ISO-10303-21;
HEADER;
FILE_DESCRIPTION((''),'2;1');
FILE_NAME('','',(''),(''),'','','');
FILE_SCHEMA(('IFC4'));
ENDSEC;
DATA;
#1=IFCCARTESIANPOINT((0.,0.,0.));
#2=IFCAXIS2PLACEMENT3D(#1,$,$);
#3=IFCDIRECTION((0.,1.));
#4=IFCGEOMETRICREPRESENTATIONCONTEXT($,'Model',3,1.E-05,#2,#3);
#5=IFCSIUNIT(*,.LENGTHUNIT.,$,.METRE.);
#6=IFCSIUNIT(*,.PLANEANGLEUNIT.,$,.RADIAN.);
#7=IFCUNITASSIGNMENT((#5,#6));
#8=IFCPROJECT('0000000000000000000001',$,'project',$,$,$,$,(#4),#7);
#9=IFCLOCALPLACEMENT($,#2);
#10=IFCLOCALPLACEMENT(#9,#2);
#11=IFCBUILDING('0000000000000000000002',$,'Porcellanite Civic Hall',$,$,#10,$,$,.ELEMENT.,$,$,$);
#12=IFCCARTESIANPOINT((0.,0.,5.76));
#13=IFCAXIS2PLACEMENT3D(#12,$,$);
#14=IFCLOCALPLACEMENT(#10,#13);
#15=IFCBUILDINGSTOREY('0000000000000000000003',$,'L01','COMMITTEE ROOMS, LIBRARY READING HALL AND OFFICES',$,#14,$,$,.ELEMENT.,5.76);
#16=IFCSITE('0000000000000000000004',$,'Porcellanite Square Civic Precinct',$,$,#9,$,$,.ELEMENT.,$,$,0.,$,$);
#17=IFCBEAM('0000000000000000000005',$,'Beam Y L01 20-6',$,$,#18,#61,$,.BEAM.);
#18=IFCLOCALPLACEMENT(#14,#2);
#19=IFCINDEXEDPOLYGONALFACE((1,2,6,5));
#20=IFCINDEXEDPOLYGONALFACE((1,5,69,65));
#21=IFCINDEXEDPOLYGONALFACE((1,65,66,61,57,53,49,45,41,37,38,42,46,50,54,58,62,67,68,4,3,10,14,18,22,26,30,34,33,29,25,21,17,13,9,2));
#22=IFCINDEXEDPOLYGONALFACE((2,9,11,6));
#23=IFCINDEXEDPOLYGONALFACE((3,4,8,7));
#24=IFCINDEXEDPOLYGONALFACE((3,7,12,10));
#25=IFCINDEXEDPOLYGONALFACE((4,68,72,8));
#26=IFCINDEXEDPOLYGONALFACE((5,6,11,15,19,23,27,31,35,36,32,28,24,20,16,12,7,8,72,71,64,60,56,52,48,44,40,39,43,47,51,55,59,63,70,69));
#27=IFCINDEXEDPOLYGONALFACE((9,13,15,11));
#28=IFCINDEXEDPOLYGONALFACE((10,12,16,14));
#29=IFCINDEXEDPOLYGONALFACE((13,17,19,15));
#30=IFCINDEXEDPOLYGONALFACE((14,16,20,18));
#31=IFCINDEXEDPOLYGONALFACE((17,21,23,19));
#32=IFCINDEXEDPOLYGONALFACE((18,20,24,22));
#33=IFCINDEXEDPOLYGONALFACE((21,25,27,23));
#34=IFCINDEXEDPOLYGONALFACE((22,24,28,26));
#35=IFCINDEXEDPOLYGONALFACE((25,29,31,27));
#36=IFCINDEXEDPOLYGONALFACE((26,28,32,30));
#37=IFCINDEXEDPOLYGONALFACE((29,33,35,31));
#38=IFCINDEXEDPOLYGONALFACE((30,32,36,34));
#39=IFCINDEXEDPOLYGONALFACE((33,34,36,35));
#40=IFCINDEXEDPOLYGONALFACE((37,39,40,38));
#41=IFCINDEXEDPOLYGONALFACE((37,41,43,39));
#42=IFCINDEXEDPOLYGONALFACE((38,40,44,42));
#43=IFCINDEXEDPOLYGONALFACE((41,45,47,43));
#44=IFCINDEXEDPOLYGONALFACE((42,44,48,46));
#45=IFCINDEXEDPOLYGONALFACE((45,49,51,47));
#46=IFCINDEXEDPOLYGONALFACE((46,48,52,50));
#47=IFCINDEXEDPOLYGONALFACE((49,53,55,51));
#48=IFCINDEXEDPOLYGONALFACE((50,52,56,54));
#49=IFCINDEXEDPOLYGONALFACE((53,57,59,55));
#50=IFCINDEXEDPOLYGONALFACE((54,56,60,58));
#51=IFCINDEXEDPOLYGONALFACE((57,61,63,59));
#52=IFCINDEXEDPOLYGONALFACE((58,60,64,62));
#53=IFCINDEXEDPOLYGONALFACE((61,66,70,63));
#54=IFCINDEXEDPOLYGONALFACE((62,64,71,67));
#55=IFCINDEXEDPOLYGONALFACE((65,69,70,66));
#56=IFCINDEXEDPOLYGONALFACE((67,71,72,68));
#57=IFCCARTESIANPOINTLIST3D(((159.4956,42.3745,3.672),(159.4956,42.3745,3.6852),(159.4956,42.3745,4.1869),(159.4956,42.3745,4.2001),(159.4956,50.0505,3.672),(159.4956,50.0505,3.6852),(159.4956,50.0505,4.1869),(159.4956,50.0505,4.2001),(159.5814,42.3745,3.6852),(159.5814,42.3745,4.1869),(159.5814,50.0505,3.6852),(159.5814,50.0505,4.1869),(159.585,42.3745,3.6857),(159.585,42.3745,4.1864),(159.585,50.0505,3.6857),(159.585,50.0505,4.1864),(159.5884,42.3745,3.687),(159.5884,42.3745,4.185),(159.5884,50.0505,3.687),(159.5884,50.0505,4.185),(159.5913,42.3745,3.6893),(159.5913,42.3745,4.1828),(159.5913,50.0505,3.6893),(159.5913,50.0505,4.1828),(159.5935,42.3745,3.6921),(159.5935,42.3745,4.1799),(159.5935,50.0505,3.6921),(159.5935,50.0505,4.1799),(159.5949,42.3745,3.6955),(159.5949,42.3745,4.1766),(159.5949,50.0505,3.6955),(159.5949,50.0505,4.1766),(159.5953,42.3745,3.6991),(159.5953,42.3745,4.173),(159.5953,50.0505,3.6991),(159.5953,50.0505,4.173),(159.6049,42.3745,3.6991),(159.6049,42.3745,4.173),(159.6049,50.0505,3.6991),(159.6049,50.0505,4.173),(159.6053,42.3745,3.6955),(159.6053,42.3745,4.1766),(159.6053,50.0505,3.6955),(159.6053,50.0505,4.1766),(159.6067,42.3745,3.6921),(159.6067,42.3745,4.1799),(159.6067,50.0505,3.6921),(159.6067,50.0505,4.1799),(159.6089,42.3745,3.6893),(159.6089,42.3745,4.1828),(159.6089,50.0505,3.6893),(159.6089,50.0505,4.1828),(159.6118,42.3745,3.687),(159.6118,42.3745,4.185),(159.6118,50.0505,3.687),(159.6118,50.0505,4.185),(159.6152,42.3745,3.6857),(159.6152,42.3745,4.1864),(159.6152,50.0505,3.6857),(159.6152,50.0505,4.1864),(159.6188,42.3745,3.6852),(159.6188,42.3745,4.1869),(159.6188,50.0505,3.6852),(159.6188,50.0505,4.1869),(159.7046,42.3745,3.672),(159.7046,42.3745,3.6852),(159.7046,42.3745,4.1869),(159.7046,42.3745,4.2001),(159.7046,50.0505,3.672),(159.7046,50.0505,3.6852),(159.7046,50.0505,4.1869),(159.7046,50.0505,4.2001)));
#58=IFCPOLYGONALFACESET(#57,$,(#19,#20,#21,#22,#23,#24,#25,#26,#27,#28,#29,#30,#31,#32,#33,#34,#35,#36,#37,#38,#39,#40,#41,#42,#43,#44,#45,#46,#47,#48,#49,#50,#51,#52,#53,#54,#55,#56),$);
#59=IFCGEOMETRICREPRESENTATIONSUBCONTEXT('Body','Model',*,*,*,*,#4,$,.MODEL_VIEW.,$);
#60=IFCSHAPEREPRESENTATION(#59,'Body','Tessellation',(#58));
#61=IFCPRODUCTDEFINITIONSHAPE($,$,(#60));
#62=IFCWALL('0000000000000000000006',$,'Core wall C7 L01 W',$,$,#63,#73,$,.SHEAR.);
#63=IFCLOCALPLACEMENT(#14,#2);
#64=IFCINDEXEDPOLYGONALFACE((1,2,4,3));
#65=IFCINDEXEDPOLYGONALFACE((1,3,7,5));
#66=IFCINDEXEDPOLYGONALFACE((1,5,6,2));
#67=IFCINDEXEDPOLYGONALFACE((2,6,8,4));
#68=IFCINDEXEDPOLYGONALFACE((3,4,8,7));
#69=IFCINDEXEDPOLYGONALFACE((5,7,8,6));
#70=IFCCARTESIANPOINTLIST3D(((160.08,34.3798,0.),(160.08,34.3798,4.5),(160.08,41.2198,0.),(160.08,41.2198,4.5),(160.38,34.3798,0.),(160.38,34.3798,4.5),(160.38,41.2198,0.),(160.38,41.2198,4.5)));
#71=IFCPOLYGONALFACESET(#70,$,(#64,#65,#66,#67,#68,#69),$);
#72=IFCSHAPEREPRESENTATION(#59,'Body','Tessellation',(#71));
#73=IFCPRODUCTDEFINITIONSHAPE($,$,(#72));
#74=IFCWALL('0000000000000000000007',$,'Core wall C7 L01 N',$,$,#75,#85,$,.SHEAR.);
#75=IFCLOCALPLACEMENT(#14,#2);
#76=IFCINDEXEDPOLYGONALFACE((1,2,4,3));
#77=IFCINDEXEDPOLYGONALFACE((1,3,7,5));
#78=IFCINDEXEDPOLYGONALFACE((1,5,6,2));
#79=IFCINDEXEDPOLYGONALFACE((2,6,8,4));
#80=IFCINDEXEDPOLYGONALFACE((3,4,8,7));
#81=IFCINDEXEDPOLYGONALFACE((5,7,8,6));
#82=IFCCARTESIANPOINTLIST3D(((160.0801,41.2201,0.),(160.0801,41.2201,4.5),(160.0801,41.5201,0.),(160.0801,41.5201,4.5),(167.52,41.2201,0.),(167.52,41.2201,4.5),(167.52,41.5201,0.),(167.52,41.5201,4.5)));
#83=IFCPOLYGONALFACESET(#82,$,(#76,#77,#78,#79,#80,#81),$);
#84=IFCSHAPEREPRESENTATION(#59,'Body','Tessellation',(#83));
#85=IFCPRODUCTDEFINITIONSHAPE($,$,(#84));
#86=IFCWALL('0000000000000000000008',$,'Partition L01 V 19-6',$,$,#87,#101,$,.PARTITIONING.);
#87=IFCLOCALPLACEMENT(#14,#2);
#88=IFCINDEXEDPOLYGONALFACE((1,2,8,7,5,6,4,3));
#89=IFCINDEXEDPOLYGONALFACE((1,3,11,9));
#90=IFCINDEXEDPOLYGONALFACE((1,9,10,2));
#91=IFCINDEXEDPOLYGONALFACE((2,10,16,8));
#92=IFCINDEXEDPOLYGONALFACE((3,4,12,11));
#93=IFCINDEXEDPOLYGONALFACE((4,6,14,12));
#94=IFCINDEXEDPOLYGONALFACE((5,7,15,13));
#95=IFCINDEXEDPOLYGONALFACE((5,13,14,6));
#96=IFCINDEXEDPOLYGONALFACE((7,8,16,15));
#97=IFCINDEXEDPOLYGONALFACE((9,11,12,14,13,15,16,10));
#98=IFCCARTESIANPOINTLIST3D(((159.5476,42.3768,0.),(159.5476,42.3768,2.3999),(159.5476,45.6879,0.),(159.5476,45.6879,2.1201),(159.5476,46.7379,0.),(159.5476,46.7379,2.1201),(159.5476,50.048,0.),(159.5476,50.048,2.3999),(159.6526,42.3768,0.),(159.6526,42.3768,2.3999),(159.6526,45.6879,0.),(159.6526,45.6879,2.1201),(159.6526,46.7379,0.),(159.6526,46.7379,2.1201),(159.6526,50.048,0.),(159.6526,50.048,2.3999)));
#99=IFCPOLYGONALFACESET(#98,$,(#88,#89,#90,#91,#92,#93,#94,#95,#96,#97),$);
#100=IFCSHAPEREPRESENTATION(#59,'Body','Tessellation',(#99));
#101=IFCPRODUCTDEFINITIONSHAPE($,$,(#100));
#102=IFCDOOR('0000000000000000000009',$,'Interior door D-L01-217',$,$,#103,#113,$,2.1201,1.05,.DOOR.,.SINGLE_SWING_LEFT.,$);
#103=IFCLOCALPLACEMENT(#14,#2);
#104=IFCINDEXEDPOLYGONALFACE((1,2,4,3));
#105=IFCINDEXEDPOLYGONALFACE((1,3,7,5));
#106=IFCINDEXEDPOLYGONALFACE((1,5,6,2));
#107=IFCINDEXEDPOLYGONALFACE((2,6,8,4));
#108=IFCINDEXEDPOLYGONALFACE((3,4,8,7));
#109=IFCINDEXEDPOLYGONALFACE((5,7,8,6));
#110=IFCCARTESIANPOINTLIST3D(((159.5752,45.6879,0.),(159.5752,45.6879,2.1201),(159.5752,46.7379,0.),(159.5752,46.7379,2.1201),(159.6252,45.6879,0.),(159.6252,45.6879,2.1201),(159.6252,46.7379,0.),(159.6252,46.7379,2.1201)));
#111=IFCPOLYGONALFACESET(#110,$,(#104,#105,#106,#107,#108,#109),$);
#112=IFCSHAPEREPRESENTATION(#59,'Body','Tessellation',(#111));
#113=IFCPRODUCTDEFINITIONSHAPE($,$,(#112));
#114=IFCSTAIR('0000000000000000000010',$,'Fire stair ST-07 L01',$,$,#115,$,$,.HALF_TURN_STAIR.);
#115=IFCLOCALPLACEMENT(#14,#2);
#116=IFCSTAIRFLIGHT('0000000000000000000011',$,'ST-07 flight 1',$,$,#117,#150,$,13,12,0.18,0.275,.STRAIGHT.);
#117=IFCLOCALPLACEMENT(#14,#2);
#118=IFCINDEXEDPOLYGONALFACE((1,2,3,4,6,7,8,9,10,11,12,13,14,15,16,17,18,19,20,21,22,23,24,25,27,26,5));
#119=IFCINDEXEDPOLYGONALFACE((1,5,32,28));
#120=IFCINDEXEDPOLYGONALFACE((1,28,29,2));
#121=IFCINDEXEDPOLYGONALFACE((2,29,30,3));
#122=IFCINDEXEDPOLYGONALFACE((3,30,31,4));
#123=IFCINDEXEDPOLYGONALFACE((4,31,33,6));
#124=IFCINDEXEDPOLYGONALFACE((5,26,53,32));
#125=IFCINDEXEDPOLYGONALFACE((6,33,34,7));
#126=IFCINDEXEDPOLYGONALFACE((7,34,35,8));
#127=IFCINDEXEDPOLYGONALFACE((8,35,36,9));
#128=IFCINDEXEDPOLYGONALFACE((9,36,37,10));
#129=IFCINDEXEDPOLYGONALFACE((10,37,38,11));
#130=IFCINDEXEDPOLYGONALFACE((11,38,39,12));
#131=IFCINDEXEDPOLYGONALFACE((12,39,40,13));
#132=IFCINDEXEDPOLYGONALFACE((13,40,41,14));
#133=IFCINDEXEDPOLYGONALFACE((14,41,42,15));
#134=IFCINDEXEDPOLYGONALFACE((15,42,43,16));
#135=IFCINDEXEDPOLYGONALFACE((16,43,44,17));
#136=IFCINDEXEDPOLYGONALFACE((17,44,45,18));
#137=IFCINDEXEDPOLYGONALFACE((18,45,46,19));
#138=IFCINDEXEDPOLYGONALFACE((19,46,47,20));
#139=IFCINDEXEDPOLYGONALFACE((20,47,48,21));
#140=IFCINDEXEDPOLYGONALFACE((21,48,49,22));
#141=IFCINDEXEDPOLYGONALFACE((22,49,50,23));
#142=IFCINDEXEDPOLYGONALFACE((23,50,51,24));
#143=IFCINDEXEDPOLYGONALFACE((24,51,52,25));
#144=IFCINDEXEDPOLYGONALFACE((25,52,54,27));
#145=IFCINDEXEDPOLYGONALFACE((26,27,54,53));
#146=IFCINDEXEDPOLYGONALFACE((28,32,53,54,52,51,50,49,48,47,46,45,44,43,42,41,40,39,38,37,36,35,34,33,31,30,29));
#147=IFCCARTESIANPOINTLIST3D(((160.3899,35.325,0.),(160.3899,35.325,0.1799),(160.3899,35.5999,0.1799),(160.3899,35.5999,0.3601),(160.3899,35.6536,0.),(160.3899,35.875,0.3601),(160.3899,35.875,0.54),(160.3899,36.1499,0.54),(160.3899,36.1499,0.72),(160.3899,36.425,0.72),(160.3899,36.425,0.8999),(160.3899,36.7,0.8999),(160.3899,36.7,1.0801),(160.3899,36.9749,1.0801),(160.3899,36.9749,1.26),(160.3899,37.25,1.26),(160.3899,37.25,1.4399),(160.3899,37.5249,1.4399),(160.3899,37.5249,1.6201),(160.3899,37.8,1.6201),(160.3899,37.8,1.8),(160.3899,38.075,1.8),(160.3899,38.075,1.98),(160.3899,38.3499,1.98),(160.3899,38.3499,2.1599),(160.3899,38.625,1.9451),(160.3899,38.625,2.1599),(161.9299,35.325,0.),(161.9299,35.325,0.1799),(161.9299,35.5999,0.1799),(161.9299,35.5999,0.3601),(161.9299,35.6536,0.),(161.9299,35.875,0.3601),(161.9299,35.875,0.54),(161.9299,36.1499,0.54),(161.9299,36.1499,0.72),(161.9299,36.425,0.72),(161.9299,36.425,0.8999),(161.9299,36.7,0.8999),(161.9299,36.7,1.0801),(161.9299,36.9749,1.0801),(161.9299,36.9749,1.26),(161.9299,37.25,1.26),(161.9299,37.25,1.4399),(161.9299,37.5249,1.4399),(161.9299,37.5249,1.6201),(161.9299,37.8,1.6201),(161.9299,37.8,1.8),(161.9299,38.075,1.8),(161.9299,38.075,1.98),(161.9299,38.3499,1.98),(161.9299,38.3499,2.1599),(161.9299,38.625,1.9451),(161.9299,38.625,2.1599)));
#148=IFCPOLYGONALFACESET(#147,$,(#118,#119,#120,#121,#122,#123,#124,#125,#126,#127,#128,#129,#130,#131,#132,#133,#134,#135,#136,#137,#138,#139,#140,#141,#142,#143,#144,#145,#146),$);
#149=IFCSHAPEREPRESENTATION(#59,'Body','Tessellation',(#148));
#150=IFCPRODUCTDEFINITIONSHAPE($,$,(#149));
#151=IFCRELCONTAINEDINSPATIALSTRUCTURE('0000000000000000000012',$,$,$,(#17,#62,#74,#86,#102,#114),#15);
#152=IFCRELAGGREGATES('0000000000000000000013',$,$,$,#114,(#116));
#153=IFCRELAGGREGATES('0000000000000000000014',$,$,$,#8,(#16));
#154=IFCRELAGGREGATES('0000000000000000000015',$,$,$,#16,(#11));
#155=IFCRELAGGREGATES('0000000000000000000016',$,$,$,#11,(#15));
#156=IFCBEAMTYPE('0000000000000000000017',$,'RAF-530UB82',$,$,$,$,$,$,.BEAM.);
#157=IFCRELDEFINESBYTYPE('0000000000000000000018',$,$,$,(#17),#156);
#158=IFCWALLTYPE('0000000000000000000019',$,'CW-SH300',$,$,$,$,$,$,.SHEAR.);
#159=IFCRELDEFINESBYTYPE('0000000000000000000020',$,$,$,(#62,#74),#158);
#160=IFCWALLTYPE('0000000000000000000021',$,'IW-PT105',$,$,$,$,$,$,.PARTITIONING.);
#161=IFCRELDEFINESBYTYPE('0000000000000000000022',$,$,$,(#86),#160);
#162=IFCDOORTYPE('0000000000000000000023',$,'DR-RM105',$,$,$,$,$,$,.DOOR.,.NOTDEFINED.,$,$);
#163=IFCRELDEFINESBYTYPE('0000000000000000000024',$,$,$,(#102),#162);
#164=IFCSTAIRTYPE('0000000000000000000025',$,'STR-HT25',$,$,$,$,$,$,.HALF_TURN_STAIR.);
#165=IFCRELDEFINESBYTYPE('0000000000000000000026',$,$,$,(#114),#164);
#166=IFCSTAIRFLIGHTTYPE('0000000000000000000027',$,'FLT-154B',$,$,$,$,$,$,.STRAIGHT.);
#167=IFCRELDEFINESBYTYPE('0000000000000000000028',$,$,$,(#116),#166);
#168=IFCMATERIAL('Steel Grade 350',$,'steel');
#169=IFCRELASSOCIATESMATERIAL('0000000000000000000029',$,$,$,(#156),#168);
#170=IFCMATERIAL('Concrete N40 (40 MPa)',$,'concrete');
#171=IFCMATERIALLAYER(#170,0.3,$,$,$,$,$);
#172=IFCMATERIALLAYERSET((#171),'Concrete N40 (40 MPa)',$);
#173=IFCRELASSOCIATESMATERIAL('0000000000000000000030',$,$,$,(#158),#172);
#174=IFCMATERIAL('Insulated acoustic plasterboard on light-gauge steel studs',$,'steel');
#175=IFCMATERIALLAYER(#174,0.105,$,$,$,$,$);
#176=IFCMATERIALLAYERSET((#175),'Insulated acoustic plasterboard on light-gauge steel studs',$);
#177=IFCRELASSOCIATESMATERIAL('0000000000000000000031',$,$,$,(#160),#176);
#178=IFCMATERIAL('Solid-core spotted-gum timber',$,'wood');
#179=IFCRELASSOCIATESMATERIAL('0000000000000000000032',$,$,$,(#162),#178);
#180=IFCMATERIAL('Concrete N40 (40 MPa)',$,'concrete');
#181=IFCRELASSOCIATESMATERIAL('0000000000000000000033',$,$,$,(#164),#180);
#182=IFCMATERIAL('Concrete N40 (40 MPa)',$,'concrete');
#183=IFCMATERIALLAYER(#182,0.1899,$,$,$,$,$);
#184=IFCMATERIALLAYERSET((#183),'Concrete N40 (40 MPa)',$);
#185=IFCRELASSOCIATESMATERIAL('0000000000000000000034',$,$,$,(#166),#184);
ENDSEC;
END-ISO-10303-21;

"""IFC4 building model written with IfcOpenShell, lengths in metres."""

from ifc_helpers import new_model, si_unit, direction, frame, frame_2d, origin, origin_2d, place, context, subcontext, project, spatial, polyline, rectangle, i_section, outline, extrude, material, layer, layer_set, material_profile, profile_set, type_object, element, fill, aggregate, save


model = new_model("IFC4")

# Units and contexts
model_context = context("Model", 3, precision=1e-05, world=origin(), true_north=direction((0.0, 1.0)))
body_context = subcontext(model_context, "Body", "Model", "MODEL_VIEW")
ifc_project = project(units=[si_unit("LENGTHUNIT", "METRE"), si_unit("PLANEANGLEUNIT", "RADIAN")], contexts=[model_context])

# Site, building, storey
site_placement = place(None, origin())
site = spatial("IfcSite", under=ifc_project, at=site_placement, Name="Porcellanite Square Civic Precinct", CompositionType="ELEMENT", RefElevation=0.0)
building_placement = place(site_placement, origin())
building = spatial("IfcBuilding", under=site, at=building_placement, Name="Porcellanite Civic Hall", CompositionType="ELEMENT")
storey_placement = place(building_placement, frame((0.0, 0.0, 5.76)))
storey = spatial("IfcBuildingStorey", under=building, at=storey_placement, Name="L01", Description="COMMITTEE ROOMS, LIBRARY READING HALL AND OFFICES", CompositionType="ELEMENT", Elevation=5.76)

# Beam
ifc_material_1 = material(Name="Steel Grade 350", Category="steel")
ifc_material_profile_1 = material_profile(ifc_material_1, i_section(OverallWidth=0.209, OverallDepth=0.5281, WebThickness=0.0095, FlangeThickness=0.0132, FilletRadius=0.0139, at=origin_2d()), Name="530UB82.0")
ifc_profile_set_1 = profile_set([ifc_material_profile_1], Name="Steel Grade 350")
beam_type_1 = type_object("IfcBeamType", Name="RAF-530UB82", PredefinedType="BEAM", material=ifc_profile_set_1)
beam_1_placement = place(storey_placement, frame((159.6001, 42.3745, 3.936), z_axis=(0.0, 1.0, 0.0), x_axis=(-1.0, 0.0, 0.0)))
element("IfcBeam", 1, at=beam_1_placement, inside=storey, type_object=beam_type_1, Name="Beam Y L01 20-6", PredefinedType="BEAM", context=body_context, shape_type="SweptSolid", body=[
    extrude(i_section(OverallWidth=0.209, OverallDepth=0.5281, WebThickness=0.0095, FlangeThickness=0.0132, FilletRadius=0.0139, at=origin_2d()), origin(), (0.0, 0.0, 1.0), 7.676),
])

# Walls
ifc_material_2 = material(Name="Concrete N40 (40 MPa)", Category="concrete")
ifc_layer_1 = layer(ifc_material_2, 0.3)
ifc_layer_set_1 = layer_set([ifc_layer_1], Name="Concrete N40 (40 MPa)")
wall_type_1 = type_object("IfcWallType", Name="CW-SH300", PredefinedType="SHEAR", material=ifc_layer_set_1)
wall_1_placement = place(storey_placement, frame((160.23, 34.3799, 0.0), z_axis=(0.0, 0.0, 1.0), x_axis=(0.0, 1.0, 0.0)))
element("IfcWall", 2, at=wall_1_placement, inside=storey, type_object=wall_type_1, Name="Core wall C7 L01 W", PredefinedType="SHEAR", context=body_context, shape_type="SweptSolid", body=[
    extrude(rectangle(XDim=6.8401, YDim=0.3, at=frame_2d((3.4199, 0.0))), origin(), (0.0, 0.0, 1.0), 4.5),
])
wall_2_placement = place(storey_placement, frame((160.0801, 41.3701, 0.0), z_axis=(0.0, 0.0, 1.0), x_axis=(1.0, 0.0, 0.0)))
element("IfcWall", 3, at=wall_2_placement, inside=storey, type_object=wall_type_1, Name="Core wall C7 L01 N", PredefinedType="SHEAR", context=body_context, shape_type="SweptSolid", body=[
    extrude(rectangle(XDim=7.4399, YDim=0.3, at=frame_2d((3.72, 0.0))), origin(), (0.0, 0.0, 1.0), 4.5),
])

# Wall, opening, door
ifc_material_3 = material(Name="Insulated acoustic plasterboard on light-gauge steel studs", Category="steel")
ifc_layer_2 = layer(ifc_material_3, 0.105)
ifc_layer_set_2 = layer_set([ifc_layer_2], Name="Insulated acoustic plasterboard on light-gauge steel studs")
wall_type_2 = type_object("IfcWallType", Name="IW-PT105", PredefinedType="PARTITIONING", material=ifc_layer_set_2)
wall_3_placement = place(storey_placement, frame((159.6001, 42.377, 0.0), z_axis=(0.0, 0.0, 1.0), x_axis=(0.0, 1.0, 0.0)))
wall_3 = element("IfcWall", 4, at=wall_3_placement, inside=storey, type_object=wall_type_2, Name="Partition L01 V 19-6", PredefinedType="PARTITIONING", context=body_context, shape_type="SweptSolid", body=[
    extrude(rectangle(XDim=7.6711, YDim=0.105, at=frame_2d((3.8354, 0.0))), origin(), (0.0, 0.0, 1.0), 2.3999),
])
opening_1_placement = place(wall_3_placement, frame((3.311, 0.0, 0.0)))
opening_1 = element("IfcOpeningElement", 5, at=opening_1_placement, cuts=wall_3, PredefinedType="OPENING", context=body_context, shape_type="SweptSolid", body=[
    extrude(rectangle(XDim=1.05, YDim=2.1201, at=frame_2d((0.5249, 1.0601))), frame((0.0, 0.0525, 0.0), z_axis=(0.0, -1.0, 0.0), x_axis=(1.0, 0.0, 0.0)), (0.0, 0.0, 1.0), 0.105),
])
ifc_material_4 = material(Name="Solid-core spotted-gum timber", Category="wood")
door_type_1 = type_object("IfcDoorType", Name="DR-RM105", OperationType="NOTDEFINED", PredefinedType="DOOR", material=ifc_material_4)
door_1_placement = place(opening_1_placement, origin())
door_1 = element("IfcDoor", 6, at=door_1_placement, inside=storey, type_object=door_type_1, Name="Interior door D-L01-217", OperationType="SINGLE_SWING_LEFT", OverallHeight=2.1201, OverallWidth=1.05, PredefinedType="DOOR", context=body_context, shape_type="SweptSolid", body=[
    extrude(rectangle(XDim=1.05, YDim=2.1201, at=frame_2d((0.5249, 1.0601))), frame((0.0, 0.0249, 0.0), z_axis=(0.0, -1.0, 0.0), x_axis=(1.0, 0.0, 0.0)), (0.0, 0.0, 1.0), 0.05),
])
fill(opening_1, door_1)

# Stair, stair flight
ifc_material_5 = material(Name="Concrete N40 (40 MPa)", Category="concrete")
stair_type = type_object("IfcStairType", Name="STR-HT25", PredefinedType="HALF_TURN_STAIR", material=ifc_material_5)
stair_placement = place(storey_placement, origin())
stair = element("IfcStair", 7, at=stair_placement, inside=storey, type_object=stair_type, Name="Fire stair ST-07 L01", PredefinedType="HALF_TURN_STAIR")
ifc_material_6 = material(Name="Concrete N40 (40 MPa)", Category="concrete")
ifc_layer_3 = layer(ifc_material_6, 0.1899)
ifc_layer_set_3 = layer_set([ifc_layer_3], Name="Concrete N40 (40 MPa)")
stair_flight_type = type_object("IfcStairFlightType", Name="FLT-154B", PredefinedType="STRAIGHT", material=ifc_layer_set_3)
stair_flight_1_placement = place(storey_placement, frame((161.1599, 35.325, 0.0), z_axis=(0.0, 0.0, 1.0), x_axis=(0.0, 1.0, 0.0)))
stair_flight_1 = element("IfcStairFlight", 8, at=stair_flight_1_placement, type_object=stair_flight_type, Name="ST-07 flight 1", NumberOfRisers=13, NumberOfTreads=12, PredefinedType="STRAIGHT", RiserHeight=0.18, TreadLength=0.275, context=body_context, shape_type="SweptSolid", body=[
    extrude(outline(polyline([(0.0, 0.0), (0.0, 0.1799), (0.2749, 0.1799), (0.2749, 0.3601), (0.55, 0.3601), (0.55, 0.54), (0.825, 0.54), (0.825, 0.72), (1.1001, 0.72), (1.1001, 0.8999), (1.375, 0.8999), (1.375, 1.0801), (1.6499, 1.0801), (1.6499, 1.26), (1.925, 1.26), (1.925, 1.4399), (2.2, 1.4399), (2.2, 1.6201), (2.4751, 1.6201), (2.4751, 1.8), (2.75, 1.8), (2.75, 1.98), (3.0249, 1.98), (3.0249, 2.1599), (3.3, 2.1599), (3.3, 2.3401), (3.3, 1.9451), (0.3286, 0.0), (0.0, 0.0)])), frame((0.0, 0.77, 0.0), z_axis=(0.0, -1.0, 0.0), x_axis=(1.0, 0.0, 0.0)), (0.0, 0.0, 1.0), 1.54),
])
aggregate(stair, [stair_flight_1])

save(model, "model.ifc")
